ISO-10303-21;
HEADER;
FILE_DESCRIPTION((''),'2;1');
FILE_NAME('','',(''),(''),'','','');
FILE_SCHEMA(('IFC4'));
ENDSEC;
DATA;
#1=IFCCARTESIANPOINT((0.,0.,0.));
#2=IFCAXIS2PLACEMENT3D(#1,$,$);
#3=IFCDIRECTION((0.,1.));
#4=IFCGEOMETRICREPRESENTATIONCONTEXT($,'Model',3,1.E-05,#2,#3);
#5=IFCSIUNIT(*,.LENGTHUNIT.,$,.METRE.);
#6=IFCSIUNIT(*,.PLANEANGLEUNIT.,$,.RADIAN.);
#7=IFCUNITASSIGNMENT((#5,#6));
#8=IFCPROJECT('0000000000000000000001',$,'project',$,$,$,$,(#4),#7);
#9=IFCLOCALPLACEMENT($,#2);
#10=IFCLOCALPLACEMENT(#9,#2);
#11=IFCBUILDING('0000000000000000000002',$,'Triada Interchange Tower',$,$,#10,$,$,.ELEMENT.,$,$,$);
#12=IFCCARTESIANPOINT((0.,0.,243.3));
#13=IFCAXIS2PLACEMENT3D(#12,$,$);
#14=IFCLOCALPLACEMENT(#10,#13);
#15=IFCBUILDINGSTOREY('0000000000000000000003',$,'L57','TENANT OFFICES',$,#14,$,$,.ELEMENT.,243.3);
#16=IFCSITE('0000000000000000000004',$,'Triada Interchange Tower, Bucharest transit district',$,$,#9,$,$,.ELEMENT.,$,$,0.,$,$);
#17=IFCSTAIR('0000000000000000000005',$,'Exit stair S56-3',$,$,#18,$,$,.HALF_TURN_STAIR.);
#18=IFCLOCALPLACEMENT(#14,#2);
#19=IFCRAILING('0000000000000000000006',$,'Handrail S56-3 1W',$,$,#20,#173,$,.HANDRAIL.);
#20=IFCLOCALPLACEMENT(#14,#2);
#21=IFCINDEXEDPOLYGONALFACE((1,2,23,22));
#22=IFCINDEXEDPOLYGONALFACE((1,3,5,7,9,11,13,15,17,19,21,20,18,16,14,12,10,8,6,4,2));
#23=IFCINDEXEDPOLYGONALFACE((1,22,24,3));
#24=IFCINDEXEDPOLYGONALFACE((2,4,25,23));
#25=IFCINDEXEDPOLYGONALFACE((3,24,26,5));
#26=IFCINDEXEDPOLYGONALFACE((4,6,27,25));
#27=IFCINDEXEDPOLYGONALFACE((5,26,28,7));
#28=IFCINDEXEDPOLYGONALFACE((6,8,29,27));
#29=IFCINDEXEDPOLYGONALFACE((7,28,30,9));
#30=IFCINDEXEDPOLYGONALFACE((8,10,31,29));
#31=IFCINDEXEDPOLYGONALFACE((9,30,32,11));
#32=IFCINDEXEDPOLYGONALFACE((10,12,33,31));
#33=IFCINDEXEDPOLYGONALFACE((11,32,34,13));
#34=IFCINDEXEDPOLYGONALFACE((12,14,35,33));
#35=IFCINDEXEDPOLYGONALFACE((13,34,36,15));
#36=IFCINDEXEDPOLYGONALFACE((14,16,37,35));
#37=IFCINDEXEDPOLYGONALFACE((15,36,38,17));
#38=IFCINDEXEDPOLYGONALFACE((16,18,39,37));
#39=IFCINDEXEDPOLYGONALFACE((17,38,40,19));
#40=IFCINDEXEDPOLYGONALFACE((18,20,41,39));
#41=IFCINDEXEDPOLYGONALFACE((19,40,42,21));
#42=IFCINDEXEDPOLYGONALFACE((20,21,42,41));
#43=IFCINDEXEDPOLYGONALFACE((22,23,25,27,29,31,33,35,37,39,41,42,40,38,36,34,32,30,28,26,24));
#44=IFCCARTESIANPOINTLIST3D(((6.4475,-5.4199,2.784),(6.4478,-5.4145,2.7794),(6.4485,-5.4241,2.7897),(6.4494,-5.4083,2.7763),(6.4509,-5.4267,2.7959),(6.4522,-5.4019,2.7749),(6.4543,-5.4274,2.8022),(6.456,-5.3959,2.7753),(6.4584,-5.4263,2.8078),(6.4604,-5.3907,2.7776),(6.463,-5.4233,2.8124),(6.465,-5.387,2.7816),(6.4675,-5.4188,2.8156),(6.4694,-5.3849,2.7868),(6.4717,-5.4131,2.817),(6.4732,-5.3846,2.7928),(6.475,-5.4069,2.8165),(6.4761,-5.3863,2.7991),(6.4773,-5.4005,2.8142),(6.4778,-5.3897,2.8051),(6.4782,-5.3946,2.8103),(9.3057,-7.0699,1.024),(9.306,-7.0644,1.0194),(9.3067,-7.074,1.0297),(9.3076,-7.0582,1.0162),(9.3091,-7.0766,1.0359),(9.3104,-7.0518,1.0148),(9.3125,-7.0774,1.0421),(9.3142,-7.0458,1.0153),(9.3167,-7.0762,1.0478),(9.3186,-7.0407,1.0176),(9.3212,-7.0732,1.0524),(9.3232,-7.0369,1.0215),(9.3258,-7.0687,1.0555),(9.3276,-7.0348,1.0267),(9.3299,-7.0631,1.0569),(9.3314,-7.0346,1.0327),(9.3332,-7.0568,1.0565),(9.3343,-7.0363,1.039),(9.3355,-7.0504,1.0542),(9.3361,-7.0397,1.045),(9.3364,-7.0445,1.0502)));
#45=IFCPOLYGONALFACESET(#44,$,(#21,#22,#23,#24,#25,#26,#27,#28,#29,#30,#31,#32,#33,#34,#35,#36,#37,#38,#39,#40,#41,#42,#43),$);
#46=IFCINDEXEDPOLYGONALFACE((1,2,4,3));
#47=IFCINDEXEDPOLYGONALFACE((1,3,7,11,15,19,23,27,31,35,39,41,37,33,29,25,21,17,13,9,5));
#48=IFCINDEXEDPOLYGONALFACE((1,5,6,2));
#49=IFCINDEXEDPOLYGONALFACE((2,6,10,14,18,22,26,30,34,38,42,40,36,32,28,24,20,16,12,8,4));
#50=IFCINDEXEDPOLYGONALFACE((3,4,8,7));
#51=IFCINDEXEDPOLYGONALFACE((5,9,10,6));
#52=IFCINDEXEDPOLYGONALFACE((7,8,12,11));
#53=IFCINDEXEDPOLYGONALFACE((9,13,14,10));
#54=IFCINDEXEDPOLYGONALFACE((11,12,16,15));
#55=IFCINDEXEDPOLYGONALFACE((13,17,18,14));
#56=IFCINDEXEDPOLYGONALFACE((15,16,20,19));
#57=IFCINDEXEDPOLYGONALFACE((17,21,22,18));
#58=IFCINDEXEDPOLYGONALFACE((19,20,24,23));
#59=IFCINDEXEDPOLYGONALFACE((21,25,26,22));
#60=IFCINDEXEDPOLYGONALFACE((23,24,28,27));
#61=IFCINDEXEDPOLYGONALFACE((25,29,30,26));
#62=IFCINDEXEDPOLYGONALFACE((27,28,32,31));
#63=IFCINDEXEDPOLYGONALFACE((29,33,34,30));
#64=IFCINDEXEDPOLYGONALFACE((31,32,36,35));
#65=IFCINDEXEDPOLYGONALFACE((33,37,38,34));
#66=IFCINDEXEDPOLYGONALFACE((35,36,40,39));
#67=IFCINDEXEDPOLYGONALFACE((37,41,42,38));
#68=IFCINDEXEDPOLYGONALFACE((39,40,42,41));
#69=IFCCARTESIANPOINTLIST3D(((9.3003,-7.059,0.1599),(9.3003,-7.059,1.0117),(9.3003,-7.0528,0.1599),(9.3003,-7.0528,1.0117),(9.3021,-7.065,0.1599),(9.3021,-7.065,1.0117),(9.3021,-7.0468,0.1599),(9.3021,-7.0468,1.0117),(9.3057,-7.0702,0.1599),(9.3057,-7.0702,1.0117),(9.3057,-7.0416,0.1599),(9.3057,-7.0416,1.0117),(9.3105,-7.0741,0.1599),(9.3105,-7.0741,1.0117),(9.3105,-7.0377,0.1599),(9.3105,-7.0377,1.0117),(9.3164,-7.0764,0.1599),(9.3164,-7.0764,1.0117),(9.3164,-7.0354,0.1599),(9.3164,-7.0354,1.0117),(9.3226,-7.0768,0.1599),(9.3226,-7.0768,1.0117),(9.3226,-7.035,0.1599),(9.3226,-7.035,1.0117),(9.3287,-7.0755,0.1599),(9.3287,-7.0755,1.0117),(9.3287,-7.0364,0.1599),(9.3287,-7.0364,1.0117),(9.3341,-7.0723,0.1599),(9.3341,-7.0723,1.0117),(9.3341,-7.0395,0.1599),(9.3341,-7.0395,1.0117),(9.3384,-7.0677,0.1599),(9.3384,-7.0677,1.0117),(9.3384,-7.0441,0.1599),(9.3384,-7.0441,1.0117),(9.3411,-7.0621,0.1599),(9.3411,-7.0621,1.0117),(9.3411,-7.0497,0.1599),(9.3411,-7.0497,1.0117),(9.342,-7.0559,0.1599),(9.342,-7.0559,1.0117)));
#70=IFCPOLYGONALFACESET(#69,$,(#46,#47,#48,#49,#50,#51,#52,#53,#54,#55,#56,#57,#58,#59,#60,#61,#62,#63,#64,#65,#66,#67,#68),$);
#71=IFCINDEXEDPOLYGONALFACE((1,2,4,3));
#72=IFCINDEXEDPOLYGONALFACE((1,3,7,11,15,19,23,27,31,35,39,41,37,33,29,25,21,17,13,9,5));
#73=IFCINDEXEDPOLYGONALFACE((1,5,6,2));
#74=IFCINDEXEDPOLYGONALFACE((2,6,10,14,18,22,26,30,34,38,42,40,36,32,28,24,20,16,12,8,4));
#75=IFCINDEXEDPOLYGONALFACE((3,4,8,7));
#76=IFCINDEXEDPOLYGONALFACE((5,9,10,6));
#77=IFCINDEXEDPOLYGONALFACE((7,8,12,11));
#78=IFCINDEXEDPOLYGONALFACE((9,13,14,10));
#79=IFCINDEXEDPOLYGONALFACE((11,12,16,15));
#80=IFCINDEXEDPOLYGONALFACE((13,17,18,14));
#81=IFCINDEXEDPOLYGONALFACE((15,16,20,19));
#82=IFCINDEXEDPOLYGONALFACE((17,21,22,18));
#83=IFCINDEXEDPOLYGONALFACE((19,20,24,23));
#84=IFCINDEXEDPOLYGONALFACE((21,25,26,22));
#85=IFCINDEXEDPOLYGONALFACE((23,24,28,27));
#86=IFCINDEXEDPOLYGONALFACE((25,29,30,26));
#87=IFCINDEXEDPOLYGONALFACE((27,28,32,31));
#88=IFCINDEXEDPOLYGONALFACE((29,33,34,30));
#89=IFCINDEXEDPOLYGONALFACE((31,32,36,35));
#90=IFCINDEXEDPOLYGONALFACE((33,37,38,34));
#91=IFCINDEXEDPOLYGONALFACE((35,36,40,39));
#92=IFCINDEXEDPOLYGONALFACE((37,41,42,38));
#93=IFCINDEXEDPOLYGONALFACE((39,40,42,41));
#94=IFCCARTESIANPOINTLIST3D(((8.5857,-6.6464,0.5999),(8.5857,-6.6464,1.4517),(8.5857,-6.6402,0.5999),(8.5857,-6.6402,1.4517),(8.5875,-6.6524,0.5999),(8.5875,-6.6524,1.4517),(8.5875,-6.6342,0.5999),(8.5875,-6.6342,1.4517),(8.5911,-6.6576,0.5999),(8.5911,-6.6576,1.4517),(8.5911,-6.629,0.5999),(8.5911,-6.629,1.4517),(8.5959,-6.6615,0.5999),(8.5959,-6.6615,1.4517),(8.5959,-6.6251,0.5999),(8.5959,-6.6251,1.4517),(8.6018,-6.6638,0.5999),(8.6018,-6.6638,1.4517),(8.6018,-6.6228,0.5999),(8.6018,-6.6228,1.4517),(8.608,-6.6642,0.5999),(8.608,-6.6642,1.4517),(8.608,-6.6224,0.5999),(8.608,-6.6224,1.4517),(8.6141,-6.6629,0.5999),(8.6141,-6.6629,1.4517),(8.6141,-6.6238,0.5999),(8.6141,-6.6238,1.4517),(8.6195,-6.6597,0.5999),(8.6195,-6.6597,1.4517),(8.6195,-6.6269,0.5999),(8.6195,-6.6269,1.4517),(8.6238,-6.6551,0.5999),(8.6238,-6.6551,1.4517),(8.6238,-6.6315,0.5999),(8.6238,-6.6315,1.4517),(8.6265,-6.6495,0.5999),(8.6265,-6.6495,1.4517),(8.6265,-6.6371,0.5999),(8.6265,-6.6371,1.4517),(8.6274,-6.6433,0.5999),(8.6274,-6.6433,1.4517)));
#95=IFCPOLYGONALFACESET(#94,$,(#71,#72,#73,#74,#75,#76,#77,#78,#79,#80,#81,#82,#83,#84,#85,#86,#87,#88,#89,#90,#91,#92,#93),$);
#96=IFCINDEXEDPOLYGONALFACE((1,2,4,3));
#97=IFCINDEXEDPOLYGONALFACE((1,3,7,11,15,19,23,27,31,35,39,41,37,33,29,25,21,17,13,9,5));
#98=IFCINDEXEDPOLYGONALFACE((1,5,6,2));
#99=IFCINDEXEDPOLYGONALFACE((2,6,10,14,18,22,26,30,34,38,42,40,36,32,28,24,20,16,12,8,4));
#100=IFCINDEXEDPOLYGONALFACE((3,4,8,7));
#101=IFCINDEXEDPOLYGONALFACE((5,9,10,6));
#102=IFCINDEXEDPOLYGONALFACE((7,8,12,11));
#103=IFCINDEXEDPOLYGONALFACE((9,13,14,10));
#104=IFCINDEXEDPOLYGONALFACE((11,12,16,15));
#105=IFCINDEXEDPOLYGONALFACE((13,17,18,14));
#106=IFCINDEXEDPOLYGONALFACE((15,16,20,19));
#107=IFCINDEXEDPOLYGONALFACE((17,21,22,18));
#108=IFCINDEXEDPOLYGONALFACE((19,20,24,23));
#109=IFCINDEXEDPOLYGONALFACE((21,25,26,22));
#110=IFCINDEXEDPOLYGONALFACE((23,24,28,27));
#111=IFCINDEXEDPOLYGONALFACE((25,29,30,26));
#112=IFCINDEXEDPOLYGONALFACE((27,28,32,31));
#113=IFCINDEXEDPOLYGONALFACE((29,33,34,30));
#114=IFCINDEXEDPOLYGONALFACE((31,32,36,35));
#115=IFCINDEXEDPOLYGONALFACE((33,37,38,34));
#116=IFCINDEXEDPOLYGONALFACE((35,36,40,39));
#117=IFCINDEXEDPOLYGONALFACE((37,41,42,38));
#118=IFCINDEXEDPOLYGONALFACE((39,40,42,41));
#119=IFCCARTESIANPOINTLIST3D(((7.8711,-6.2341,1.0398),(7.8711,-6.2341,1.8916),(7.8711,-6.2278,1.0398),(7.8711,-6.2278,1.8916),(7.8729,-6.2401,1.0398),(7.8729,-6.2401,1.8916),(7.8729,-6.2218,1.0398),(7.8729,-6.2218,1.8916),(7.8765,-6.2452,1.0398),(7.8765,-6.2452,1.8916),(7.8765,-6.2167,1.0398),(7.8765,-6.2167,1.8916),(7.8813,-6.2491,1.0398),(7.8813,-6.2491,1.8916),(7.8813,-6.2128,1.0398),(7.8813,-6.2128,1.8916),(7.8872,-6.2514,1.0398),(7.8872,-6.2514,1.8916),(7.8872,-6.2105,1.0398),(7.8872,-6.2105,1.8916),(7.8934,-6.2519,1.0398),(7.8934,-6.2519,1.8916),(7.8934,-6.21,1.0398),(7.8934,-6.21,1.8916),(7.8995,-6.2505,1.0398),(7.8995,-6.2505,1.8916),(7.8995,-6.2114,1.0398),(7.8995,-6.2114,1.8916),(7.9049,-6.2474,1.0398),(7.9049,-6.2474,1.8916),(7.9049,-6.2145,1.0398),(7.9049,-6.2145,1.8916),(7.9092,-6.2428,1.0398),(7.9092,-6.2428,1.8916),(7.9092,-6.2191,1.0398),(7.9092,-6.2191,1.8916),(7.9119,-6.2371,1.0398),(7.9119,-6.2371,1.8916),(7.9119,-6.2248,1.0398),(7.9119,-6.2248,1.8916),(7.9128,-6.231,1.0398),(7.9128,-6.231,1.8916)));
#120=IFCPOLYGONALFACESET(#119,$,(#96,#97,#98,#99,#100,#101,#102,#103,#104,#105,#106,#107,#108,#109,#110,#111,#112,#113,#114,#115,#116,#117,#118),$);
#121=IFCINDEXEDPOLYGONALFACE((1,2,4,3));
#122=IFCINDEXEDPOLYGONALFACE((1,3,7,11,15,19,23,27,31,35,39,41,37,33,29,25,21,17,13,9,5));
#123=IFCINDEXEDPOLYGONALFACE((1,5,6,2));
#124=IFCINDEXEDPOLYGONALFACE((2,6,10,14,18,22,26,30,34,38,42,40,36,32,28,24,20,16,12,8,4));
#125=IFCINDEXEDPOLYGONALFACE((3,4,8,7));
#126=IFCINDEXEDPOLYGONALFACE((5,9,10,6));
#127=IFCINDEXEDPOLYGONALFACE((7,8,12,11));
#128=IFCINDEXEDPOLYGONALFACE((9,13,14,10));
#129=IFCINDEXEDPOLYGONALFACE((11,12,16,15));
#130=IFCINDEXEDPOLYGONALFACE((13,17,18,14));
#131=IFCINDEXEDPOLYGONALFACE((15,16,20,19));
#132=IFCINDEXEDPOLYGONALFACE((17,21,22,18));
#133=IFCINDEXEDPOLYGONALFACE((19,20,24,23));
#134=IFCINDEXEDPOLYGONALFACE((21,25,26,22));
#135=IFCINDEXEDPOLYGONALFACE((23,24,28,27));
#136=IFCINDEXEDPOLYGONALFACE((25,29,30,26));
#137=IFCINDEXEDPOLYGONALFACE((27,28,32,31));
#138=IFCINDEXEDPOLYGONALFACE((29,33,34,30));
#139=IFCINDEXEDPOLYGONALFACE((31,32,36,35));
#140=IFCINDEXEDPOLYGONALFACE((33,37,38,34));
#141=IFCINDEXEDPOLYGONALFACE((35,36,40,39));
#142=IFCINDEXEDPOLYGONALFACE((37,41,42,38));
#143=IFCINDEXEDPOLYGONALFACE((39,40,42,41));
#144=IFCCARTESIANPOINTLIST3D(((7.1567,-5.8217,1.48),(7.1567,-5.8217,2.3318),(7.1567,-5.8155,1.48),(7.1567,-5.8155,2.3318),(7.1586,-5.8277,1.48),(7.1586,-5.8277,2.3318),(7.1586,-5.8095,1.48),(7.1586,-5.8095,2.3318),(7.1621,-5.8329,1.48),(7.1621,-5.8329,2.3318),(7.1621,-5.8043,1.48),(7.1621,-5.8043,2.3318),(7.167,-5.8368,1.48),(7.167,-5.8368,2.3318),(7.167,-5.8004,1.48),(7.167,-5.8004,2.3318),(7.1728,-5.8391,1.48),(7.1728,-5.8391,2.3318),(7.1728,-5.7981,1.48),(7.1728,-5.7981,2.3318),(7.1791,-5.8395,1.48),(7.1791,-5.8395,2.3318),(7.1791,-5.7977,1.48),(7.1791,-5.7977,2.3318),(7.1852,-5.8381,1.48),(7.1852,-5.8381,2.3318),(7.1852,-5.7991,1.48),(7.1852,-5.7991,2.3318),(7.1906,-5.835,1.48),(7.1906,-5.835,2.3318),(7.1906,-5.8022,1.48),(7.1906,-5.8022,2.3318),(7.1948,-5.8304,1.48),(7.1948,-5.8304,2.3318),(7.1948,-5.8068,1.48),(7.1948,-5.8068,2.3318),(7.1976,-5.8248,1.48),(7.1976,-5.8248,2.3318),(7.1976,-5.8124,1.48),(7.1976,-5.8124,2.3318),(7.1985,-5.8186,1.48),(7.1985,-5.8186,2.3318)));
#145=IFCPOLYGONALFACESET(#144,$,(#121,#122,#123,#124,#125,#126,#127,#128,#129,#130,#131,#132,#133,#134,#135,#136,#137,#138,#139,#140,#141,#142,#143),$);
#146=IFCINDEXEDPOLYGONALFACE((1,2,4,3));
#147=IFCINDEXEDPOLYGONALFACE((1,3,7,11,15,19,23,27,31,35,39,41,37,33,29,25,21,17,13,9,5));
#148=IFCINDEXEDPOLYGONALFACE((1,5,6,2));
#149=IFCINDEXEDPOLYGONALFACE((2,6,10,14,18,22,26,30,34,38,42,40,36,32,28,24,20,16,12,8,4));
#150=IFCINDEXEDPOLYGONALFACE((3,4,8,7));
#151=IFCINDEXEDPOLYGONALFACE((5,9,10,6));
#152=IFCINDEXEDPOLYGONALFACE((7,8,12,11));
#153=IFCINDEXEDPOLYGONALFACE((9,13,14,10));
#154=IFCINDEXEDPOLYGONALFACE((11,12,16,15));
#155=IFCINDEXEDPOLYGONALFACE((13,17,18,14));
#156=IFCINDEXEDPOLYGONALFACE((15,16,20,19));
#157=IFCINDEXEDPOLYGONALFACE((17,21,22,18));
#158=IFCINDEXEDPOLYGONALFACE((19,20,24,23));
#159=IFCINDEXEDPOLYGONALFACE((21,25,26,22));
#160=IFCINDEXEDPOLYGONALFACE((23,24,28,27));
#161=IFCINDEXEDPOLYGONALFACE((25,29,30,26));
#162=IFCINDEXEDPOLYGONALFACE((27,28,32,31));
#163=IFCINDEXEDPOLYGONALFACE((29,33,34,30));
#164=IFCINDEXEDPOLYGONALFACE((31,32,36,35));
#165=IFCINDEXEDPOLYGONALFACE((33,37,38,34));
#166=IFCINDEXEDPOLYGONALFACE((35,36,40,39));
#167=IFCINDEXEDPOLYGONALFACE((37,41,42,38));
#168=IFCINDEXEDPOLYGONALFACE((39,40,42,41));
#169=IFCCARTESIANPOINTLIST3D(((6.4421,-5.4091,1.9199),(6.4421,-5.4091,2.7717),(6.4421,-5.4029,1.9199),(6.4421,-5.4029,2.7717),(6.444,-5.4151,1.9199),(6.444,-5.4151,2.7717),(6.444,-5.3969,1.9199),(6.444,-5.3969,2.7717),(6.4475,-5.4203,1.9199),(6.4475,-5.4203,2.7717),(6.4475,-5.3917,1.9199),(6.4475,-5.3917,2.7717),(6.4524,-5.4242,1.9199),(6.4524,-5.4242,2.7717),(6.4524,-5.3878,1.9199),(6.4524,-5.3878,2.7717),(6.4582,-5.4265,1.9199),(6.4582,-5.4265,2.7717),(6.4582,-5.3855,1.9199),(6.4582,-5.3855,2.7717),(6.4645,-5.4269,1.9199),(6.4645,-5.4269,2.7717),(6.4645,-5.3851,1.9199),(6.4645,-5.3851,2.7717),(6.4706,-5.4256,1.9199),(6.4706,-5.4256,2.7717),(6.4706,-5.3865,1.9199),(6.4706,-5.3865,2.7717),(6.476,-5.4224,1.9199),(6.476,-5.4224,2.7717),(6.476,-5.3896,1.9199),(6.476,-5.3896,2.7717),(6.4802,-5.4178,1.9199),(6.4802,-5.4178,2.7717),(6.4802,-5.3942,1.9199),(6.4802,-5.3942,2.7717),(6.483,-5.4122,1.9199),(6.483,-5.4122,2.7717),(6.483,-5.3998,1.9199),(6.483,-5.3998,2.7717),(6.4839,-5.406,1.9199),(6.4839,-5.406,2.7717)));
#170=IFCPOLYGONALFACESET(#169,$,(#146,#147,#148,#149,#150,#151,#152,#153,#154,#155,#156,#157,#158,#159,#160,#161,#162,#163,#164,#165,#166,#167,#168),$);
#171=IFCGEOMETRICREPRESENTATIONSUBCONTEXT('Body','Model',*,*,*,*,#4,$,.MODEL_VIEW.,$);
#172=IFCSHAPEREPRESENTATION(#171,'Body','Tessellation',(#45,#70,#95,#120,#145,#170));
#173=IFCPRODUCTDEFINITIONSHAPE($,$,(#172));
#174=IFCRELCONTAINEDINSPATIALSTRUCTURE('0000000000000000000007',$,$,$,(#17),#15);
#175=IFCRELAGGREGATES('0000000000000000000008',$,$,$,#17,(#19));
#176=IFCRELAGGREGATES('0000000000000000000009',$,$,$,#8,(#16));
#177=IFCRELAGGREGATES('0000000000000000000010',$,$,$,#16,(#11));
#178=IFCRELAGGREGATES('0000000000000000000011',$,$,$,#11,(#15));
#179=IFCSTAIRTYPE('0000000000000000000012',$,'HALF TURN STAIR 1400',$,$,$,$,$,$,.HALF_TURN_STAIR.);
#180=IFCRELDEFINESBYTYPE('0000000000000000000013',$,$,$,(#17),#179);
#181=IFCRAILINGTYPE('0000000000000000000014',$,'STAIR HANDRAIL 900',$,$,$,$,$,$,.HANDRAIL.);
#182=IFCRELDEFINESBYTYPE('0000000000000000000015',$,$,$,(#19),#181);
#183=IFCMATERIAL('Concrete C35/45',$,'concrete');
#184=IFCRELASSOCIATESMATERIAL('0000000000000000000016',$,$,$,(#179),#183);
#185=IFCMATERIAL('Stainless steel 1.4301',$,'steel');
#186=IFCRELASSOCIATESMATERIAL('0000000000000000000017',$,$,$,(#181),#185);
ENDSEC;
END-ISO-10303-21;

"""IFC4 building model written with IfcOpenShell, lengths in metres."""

from ifc_helpers import new_model, si_unit, direction, frame, origin, origin_2d, place, context, subcontext, project, spatial, circle, extrude, material, type_object, element, aggregate, save


model = new_model("IFC4")

# Units and contexts
model_context = context("Model", 3, precision=1e-05, world=origin(), true_north=direction((0.0, 1.0)))
body_context = subcontext(model_context, "Body", "Model", "MODEL_VIEW")
ifc_project = project(units=[si_unit("LENGTHUNIT", "METRE"), si_unit("PLANEANGLEUNIT", "RADIAN")], contexts=[model_context])

# Site, building, storey
site_placement = place(None, origin())
site = spatial("IfcSite", under=ifc_project, at=site_placement, Name="Triada Interchange Tower, Bucharest transit district", CompositionType="ELEMENT", RefElevation=0.0)
building_placement = place(site_placement, origin())
building = spatial("IfcBuilding", under=site, at=building_placement, Name="Triada Interchange Tower", CompositionType="ELEMENT")
storey_placement = place(building_placement, frame((0.0, 0.0, 243.3)))
storey = spatial("IfcBuildingStorey", under=building, at=storey_placement, Name="L57", Description="TENANT OFFICES", CompositionType="ELEMENT", Elevation=243.3)

# Stair, railing
ifc_material_1 = material(Name="Concrete C35/45", Category="concrete")
stair_type = type_object("IfcStairType", Name="HALF TURN STAIR 1400", PredefinedType="HALF_TURN_STAIR", material=ifc_material_1)
stair_placement = place(storey_placement, origin())
stair = element("IfcStair", 1, at=stair_placement, inside=storey, type_object=stair_type, Name="Exit stair S56-3", PredefinedType="HALF_TURN_STAIR")
ifc_material_2 = material(Name="Stainless steel 1.4301", Category="steel")
railing_type = type_object("IfcRailingType", Name="STAIR HANDRAIL 900", PredefinedType="HANDRAIL", material=ifc_material_2)
railing_1_placement = place(storey_placement, frame((9.321, -7.0559, 0.1599)))
railing_1 = element("IfcRailing", 2, at=railing_1_placement, type_object=railing_type, Name="Handrail S56-3 1W", PredefinedType="HANDRAIL", context=body_context, shape_type="SweptSolid", body=[
    extrude(circle(Radius=0.0239, at=origin_2d()), frame((0.0, 0.0, 0.876), z_axis=(-0.764178, 0.441131, 0.47057), x_axis=(-0.499942, -0.866059, 0.0)), (0.0, 0.0, 1.0), 3.7402),
    extrude(circle(Radius=0.021, at=origin_2d()), origin(), (0.0, 0.0, 1.0), 0.8518),
    extrude(circle(Radius=0.021, at=origin_2d()), frame((-0.7146, 0.4126, 0.4399)), (0.0, 0.0, 1.0), 0.8518),
    extrude(circle(Radius=0.021, at=origin_2d()), frame((-1.4292, 0.825, 0.8799)), (0.0, 0.0, 1.0), 0.8518),
    extrude(circle(Radius=0.021, at=origin_2d()), frame((-2.1436, 1.2373, 1.3201)), (0.0, 0.0, 1.0), 0.8518),
    extrude(circle(Radius=0.021, at=origin_2d()), frame((-2.8582, 1.6499, 1.76)), (0.0, 0.0, 1.0), 0.8518),
])
aggregate(stair, [railing_1])

save(model, "model.ifc")
